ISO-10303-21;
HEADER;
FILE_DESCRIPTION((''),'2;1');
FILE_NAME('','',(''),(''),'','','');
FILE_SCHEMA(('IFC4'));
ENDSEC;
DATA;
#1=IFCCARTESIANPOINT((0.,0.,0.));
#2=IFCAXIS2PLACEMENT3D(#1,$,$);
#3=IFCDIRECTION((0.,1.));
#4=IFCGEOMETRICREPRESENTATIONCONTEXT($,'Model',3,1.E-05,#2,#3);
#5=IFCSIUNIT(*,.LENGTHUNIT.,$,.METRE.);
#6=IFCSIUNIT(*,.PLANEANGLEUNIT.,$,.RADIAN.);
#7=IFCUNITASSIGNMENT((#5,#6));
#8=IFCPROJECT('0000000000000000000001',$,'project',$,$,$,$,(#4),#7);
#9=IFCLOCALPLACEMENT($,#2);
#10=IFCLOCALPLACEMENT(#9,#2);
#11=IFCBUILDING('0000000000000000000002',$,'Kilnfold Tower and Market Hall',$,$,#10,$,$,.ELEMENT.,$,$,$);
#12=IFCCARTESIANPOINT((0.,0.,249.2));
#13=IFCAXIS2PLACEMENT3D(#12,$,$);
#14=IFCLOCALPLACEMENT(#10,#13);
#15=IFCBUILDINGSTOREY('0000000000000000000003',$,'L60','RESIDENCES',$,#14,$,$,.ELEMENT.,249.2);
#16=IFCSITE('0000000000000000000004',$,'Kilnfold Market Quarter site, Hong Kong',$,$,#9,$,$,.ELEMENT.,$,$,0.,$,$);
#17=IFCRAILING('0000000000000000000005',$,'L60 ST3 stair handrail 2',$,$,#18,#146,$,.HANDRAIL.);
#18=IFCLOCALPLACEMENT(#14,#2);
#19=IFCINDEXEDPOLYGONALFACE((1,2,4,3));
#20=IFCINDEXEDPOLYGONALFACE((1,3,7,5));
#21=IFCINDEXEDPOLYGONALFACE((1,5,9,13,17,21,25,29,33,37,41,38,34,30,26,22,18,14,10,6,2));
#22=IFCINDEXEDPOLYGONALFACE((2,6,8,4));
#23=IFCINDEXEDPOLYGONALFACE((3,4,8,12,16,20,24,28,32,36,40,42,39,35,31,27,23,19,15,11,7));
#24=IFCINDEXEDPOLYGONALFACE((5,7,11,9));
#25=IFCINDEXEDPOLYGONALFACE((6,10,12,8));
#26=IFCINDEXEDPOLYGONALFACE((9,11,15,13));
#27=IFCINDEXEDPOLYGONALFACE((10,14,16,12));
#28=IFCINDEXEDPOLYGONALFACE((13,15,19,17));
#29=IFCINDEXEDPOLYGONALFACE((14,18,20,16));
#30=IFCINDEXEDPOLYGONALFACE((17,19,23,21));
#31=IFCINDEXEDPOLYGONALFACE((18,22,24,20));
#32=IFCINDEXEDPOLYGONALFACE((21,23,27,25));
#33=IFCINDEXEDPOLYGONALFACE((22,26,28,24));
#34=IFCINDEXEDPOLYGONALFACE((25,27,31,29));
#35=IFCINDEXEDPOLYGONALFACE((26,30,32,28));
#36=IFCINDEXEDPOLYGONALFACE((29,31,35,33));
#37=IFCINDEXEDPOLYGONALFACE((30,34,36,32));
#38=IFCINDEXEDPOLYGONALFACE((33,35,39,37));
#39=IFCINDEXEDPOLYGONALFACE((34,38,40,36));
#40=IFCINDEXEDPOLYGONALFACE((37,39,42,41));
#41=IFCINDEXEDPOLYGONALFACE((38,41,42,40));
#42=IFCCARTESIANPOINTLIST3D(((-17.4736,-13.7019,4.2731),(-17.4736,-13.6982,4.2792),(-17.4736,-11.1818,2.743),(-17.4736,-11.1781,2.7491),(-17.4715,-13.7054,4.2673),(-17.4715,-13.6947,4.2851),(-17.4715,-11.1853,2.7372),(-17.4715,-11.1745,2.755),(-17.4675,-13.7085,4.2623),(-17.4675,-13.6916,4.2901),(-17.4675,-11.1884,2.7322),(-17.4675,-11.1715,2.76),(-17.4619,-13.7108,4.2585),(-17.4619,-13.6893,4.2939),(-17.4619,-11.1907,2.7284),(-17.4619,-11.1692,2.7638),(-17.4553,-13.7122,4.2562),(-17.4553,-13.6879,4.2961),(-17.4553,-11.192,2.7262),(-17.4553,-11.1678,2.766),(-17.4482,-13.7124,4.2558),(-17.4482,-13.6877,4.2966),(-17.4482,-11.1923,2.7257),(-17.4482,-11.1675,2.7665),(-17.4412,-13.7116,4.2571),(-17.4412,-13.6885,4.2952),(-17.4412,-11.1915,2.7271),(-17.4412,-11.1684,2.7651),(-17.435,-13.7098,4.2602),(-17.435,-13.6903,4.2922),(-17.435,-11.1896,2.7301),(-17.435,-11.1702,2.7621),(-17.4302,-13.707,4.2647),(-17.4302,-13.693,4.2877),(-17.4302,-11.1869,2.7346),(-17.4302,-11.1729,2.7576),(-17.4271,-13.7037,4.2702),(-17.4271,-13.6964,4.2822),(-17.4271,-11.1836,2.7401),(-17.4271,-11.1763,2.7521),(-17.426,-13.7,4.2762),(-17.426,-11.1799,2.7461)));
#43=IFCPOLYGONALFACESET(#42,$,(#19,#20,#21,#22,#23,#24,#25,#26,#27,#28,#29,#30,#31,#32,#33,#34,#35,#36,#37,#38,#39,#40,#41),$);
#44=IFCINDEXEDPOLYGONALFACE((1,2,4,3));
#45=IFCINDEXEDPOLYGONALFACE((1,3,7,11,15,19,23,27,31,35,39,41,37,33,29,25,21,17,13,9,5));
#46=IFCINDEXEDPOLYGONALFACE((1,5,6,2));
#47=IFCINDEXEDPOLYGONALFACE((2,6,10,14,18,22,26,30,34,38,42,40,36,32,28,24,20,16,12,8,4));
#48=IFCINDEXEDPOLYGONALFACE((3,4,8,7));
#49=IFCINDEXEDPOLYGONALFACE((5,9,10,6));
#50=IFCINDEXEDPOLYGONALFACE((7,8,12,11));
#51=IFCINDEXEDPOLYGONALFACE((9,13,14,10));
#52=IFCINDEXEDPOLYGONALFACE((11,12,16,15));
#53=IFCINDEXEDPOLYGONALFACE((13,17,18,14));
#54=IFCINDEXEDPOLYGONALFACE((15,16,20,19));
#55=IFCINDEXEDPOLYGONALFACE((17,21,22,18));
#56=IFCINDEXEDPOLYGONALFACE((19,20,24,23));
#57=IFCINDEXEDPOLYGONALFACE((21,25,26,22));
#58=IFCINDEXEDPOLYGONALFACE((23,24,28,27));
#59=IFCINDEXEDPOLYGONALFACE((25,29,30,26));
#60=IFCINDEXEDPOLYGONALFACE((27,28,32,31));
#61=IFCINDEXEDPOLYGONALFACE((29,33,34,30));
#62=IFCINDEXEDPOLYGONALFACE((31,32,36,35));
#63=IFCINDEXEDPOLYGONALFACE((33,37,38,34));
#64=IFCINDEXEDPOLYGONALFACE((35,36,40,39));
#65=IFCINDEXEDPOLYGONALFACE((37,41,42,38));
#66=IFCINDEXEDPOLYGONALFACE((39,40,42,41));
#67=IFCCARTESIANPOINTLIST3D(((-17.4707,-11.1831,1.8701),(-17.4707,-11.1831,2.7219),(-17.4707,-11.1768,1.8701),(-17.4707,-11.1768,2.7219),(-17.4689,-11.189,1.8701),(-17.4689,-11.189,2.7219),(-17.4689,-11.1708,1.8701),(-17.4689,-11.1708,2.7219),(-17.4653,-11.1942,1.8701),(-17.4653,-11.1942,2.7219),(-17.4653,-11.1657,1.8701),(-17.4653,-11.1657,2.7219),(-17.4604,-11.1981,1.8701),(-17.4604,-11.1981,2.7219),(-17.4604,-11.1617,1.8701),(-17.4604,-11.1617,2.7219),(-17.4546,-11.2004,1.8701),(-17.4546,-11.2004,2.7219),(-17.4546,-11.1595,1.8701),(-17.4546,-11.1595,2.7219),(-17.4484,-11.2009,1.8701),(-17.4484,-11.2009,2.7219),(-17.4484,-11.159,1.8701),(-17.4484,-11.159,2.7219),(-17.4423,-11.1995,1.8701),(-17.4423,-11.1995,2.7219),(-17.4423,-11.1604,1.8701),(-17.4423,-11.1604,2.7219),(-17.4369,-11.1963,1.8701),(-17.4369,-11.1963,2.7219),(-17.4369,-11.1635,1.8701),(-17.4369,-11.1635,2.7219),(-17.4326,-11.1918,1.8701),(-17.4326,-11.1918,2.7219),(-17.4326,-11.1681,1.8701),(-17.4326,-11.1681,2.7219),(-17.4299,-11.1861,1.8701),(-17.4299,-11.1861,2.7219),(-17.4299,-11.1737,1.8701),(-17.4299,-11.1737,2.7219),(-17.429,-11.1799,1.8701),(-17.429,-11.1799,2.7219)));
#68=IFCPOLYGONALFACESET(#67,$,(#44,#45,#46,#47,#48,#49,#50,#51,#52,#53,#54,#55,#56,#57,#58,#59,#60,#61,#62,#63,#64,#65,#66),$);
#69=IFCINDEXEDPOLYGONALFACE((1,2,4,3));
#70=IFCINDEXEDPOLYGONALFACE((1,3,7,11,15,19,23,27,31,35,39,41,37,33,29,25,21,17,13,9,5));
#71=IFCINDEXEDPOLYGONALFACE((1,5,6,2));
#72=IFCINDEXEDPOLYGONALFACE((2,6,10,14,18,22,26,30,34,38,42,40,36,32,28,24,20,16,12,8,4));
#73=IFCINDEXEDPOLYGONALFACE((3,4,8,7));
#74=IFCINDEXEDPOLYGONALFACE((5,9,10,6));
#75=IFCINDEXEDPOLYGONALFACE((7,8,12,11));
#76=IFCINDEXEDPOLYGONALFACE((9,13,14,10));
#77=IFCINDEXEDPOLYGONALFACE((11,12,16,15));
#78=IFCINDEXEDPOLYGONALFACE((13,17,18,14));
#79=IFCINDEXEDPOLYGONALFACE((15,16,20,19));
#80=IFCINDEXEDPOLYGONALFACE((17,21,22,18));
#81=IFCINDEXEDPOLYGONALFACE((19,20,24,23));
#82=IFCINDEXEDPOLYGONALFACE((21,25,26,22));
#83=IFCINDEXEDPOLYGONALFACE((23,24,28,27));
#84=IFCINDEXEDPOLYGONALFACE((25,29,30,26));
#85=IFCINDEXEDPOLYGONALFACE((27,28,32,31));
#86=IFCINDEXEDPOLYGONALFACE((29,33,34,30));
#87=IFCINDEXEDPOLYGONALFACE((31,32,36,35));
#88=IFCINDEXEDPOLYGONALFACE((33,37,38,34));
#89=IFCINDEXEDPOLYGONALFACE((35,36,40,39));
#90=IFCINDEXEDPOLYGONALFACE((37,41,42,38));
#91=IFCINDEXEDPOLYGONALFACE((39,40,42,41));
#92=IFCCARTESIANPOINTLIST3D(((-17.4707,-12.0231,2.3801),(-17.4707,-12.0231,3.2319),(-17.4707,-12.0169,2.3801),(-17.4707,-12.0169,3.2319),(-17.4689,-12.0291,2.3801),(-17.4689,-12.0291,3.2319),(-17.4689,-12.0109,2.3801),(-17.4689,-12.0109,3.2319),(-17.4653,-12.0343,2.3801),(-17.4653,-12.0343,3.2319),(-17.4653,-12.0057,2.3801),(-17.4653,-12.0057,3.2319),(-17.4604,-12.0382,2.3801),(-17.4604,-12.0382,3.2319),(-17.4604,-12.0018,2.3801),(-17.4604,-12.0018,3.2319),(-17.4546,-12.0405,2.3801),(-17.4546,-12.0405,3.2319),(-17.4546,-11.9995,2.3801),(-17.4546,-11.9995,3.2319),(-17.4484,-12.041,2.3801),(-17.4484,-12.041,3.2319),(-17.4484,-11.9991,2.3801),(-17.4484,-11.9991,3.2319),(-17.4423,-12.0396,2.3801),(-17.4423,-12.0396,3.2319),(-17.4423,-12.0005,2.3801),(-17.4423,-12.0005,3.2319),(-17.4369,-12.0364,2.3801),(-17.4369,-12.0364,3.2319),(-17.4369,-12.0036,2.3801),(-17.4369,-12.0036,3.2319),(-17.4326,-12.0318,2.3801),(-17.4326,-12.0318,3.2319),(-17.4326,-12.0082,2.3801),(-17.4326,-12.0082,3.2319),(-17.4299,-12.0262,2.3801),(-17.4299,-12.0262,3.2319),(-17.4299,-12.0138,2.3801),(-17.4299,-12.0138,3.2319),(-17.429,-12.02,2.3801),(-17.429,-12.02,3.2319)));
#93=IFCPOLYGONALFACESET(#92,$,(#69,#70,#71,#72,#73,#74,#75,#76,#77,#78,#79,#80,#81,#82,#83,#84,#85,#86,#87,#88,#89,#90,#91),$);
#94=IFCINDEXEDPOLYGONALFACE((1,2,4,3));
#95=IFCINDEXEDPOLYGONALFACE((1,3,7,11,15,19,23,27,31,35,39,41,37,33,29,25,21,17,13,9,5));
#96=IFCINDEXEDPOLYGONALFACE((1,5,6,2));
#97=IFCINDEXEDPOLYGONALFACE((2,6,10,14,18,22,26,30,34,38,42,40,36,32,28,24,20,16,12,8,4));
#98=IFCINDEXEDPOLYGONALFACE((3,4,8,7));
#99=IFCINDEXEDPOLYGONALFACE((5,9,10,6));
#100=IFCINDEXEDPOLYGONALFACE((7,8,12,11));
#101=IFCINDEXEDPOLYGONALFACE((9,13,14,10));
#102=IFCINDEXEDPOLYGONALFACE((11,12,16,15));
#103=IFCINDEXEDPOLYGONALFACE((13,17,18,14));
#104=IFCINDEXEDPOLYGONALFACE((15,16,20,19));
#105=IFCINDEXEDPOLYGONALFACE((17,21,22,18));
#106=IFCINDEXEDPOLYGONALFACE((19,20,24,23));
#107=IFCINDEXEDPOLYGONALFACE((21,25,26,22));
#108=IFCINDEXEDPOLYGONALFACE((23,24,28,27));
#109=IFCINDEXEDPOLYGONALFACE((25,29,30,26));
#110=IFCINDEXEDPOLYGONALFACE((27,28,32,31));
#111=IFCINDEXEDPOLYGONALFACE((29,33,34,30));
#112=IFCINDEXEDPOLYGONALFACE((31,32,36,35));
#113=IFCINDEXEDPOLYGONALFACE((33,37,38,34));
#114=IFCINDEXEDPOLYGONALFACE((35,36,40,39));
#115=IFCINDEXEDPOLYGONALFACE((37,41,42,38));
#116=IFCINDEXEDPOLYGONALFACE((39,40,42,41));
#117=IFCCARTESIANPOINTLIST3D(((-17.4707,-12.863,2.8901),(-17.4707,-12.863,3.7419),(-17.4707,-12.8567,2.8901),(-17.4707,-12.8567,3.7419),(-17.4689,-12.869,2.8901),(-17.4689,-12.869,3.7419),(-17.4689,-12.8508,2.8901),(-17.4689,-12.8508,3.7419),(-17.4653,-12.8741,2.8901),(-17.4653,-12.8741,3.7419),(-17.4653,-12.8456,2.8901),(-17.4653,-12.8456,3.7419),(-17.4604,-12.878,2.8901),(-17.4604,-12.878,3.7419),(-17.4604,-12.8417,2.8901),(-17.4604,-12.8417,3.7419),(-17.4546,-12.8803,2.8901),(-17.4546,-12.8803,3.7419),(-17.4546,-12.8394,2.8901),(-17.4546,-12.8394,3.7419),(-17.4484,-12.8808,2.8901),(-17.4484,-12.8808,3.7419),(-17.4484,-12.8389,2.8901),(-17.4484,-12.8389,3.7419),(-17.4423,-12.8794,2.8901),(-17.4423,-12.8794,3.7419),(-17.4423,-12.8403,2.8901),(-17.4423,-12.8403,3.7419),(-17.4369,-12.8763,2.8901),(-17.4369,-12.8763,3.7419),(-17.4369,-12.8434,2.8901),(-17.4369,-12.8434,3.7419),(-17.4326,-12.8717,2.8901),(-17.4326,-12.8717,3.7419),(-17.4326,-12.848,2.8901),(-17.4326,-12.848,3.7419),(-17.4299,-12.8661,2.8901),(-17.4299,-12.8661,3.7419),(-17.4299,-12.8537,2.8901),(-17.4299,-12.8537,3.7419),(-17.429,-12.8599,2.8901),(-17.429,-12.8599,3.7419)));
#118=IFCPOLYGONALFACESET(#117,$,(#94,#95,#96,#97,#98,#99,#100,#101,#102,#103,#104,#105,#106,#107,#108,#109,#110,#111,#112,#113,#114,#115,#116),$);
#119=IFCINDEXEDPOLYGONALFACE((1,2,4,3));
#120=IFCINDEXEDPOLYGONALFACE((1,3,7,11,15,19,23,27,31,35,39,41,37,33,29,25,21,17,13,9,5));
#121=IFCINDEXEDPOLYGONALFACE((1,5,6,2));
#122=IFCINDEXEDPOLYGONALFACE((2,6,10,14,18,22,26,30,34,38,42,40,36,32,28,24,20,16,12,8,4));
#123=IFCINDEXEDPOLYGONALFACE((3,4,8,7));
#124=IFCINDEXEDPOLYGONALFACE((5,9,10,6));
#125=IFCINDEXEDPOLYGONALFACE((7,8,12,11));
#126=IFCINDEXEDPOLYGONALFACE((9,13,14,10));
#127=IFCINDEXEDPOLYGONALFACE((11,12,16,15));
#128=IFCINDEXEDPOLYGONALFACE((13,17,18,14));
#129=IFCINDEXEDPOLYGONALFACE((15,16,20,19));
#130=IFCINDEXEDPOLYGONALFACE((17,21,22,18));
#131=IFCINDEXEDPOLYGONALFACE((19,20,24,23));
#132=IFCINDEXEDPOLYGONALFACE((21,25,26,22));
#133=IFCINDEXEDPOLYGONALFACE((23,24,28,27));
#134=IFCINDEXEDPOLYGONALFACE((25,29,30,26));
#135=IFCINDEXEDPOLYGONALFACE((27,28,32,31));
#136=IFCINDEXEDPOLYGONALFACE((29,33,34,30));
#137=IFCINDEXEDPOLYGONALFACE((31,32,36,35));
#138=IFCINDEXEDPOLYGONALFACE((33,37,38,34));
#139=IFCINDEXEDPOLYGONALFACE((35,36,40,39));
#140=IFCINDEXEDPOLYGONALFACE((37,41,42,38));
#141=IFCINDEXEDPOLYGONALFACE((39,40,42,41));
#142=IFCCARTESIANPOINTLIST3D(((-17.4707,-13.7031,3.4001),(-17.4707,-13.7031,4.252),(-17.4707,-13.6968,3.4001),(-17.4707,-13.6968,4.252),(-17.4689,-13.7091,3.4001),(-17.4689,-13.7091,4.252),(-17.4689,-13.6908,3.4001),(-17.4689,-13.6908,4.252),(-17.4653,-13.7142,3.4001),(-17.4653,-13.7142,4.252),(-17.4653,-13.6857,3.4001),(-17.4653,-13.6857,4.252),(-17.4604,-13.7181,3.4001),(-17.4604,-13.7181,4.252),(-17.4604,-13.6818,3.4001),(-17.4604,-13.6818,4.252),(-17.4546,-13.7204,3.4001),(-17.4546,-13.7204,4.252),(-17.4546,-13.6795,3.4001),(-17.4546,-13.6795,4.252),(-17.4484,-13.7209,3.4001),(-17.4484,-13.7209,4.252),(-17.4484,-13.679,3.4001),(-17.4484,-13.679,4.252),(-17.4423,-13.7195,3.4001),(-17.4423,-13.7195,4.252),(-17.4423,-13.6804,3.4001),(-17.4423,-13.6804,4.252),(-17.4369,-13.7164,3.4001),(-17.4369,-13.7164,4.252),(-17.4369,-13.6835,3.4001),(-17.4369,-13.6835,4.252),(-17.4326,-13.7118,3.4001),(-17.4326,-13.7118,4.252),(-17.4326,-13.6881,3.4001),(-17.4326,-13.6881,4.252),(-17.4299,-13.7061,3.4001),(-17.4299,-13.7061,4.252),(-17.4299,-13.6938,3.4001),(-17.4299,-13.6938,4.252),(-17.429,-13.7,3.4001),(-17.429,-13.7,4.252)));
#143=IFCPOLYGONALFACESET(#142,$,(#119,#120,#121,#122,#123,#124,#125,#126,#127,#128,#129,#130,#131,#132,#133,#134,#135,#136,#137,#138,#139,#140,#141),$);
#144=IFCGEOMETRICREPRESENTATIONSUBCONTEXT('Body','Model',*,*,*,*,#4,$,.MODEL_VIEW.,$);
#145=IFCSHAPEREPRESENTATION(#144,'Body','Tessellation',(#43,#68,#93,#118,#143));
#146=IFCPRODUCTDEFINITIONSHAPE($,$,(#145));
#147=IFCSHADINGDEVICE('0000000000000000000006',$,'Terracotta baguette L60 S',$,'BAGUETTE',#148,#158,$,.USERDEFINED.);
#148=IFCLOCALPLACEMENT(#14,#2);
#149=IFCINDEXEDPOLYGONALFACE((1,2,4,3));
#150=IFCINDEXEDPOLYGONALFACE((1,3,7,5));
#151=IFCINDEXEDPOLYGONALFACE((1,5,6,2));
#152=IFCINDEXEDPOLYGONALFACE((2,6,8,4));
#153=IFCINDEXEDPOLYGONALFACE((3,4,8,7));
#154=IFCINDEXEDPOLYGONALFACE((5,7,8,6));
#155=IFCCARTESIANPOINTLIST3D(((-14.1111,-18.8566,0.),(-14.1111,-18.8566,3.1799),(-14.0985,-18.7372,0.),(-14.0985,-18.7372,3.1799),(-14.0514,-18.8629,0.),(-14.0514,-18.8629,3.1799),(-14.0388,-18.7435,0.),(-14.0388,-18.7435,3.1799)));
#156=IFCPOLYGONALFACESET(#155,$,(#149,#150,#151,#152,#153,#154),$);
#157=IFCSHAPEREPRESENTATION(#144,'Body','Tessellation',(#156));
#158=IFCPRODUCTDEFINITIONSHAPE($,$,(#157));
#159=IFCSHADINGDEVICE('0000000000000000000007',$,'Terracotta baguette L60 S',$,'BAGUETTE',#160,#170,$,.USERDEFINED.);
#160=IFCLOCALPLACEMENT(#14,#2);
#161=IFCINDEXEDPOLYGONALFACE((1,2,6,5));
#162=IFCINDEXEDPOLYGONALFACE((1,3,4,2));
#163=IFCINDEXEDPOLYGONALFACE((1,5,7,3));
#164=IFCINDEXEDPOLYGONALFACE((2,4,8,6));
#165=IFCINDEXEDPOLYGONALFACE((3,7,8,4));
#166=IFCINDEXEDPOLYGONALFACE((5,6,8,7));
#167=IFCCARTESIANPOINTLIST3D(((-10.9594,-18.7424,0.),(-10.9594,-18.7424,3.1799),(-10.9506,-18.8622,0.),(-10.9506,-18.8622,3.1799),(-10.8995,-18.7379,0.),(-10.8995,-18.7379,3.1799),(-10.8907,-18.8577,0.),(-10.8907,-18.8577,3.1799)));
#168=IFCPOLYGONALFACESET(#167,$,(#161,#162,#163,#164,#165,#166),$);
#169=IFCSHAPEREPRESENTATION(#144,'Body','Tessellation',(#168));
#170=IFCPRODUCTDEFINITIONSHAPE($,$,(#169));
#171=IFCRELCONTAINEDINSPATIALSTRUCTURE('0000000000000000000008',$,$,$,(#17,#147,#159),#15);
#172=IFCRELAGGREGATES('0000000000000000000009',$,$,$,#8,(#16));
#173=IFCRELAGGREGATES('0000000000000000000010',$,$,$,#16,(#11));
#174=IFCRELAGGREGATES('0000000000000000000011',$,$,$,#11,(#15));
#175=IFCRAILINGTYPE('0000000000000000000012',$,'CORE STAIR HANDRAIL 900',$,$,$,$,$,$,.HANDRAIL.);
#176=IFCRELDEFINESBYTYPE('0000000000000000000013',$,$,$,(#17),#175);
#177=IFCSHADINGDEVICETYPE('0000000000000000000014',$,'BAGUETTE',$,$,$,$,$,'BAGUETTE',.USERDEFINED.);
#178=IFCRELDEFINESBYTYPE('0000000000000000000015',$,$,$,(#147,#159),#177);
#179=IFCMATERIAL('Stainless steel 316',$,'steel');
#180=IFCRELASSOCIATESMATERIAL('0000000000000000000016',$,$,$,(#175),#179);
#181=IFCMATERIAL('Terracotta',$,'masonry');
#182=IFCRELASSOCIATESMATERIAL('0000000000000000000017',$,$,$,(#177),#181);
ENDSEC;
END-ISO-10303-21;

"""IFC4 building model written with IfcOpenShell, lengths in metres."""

from ifc_helpers import new_model, si_unit, direction, frame, origin, origin_2d, place, context, subcontext, project, spatial, rectangle, circle, extrude, source, transform, mapped, material, material_profile, profile_set, type_object, element, save


model = new_model("IFC4")

# Units and contexts
model_context = context("Model", 3, precision=1e-05, world=origin(), true_north=direction((0.0, 1.0)))
body_context = subcontext(model_context, "Body", "Model", "MODEL_VIEW")
ifc_project = project(units=[si_unit("LENGTHUNIT", "METRE"), si_unit("PLANEANGLEUNIT", "RADIAN")], contexts=[model_context])

# Site, building, storey
site_placement = place(None, origin())
site = spatial("IfcSite", under=ifc_project, at=site_placement, Name="Kilnfold Market Quarter site, Hong Kong", CompositionType="ELEMENT", RefElevation=0.0)
building_placement = place(site_placement, origin())
building = spatial("IfcBuilding", under=site, at=building_placement, Name="Kilnfold Tower and Market Hall", CompositionType="ELEMENT")
storey_placement = place(building_placement, frame((0.0, 0.0, 249.2)))
storey = spatial("IfcBuildingStorey", under=building, at=storey_placement, Name="L60", Description="RESIDENCES", CompositionType="ELEMENT", Elevation=249.2)

# Railing
ifc_material_1 = material(Name="Stainless steel 316", Category="steel")
railing_type_1 = type_object("IfcRailingType", Name="CORE STAIR HANDRAIL 900", PredefinedType="HANDRAIL", material=ifc_material_1)
railing_1_placement = place(storey_placement, frame((-17.45, -11.1799, 1.8701)))
element("IfcRailing", 1, at=railing_1_placement, inside=storey, type_object=railing_type_1, Name="L60 ST3 stair handrail 2", PredefinedType="HANDRAIL", context=body_context, shape_type="SweptSolid", body=[
    extrude(circle(Radius=0.0239, at=origin_2d()), frame((0.0, 0.0, 0.876), z_axis=(0.0, -0.854785, 0.518982), x_axis=(1.0, 0.0, 0.0)), (0.0, 0.0, 1.0), 2.9482),
    extrude(circle(Radius=0.021, at=origin_2d()), origin(), (0.0, 0.0, 1.0), 0.8518),
    extrude(circle(Radius=0.021, at=origin_2d()), frame((0.0, -0.8401, 0.51)), (0.0, 0.0, 1.0), 0.8518),
    extrude(circle(Radius=0.021, at=origin_2d()), frame((0.0, -1.6799, 1.02)), (0.0, 0.0, 1.0), 0.8518),
    extrude(circle(Radius=0.021, at=origin_2d()), frame((0.0, -2.52, 1.53)), (0.0, 0.0, 1.0), 0.8518),
])

# Shading devices
ifc_material_2 = material(Name="Terracotta", Category="masonry")
ifc_material_profile_1 = material_profile(ifc_material_2, rectangle(XDim=0.0601, YDim=0.1201, at=origin_2d()), Name="BAG 60x120")
ifc_profile_set_1 = profile_set([ifc_material_profile_1], Name="Terracotta")
shading_device_type = type_object("IfcShadingDeviceType", Name="BAGUETTE", ElementType="BAGUETTE", PredefinedType="USERDEFINED", material=ifc_profile_set_1)
shared_shape_1 = source(origin(), body_context, "Body", "SweptSolid", [
    extrude(rectangle(XDim=0.0601, YDim=0.1201, at=origin_2d()), origin(), (0.0, 0.0, 1.0), 3.1799),
])
for number, where, z_axis, x_axis, name in (
    (2, (-14.075, -18.8, 0.0), (0.0, 0.0, 1.0), (0.994429, -0.105405, 0.0), "Terracotta baguette L60 S"),
    (3, (-10.925, -18.8, 0.0), (0.0, 0.0, 1.0), (0.997285, 0.073635, 0.0), "Terracotta baguette L60 S"),
):
    element("IfcShadingDevice", number, at=place(storey_placement, frame(where, z_axis=z_axis, x_axis=x_axis)), inside=storey, type_object=shading_device_type, Name=name, ObjectType="BAGUETTE", PredefinedType="USERDEFINED", context=body_context, shape_type="MappedRepresentation", body=[
        mapped(shared_shape_1, transform((0.0, 0.0, 0.0))),
    ])

save(model, "model.ifc")
